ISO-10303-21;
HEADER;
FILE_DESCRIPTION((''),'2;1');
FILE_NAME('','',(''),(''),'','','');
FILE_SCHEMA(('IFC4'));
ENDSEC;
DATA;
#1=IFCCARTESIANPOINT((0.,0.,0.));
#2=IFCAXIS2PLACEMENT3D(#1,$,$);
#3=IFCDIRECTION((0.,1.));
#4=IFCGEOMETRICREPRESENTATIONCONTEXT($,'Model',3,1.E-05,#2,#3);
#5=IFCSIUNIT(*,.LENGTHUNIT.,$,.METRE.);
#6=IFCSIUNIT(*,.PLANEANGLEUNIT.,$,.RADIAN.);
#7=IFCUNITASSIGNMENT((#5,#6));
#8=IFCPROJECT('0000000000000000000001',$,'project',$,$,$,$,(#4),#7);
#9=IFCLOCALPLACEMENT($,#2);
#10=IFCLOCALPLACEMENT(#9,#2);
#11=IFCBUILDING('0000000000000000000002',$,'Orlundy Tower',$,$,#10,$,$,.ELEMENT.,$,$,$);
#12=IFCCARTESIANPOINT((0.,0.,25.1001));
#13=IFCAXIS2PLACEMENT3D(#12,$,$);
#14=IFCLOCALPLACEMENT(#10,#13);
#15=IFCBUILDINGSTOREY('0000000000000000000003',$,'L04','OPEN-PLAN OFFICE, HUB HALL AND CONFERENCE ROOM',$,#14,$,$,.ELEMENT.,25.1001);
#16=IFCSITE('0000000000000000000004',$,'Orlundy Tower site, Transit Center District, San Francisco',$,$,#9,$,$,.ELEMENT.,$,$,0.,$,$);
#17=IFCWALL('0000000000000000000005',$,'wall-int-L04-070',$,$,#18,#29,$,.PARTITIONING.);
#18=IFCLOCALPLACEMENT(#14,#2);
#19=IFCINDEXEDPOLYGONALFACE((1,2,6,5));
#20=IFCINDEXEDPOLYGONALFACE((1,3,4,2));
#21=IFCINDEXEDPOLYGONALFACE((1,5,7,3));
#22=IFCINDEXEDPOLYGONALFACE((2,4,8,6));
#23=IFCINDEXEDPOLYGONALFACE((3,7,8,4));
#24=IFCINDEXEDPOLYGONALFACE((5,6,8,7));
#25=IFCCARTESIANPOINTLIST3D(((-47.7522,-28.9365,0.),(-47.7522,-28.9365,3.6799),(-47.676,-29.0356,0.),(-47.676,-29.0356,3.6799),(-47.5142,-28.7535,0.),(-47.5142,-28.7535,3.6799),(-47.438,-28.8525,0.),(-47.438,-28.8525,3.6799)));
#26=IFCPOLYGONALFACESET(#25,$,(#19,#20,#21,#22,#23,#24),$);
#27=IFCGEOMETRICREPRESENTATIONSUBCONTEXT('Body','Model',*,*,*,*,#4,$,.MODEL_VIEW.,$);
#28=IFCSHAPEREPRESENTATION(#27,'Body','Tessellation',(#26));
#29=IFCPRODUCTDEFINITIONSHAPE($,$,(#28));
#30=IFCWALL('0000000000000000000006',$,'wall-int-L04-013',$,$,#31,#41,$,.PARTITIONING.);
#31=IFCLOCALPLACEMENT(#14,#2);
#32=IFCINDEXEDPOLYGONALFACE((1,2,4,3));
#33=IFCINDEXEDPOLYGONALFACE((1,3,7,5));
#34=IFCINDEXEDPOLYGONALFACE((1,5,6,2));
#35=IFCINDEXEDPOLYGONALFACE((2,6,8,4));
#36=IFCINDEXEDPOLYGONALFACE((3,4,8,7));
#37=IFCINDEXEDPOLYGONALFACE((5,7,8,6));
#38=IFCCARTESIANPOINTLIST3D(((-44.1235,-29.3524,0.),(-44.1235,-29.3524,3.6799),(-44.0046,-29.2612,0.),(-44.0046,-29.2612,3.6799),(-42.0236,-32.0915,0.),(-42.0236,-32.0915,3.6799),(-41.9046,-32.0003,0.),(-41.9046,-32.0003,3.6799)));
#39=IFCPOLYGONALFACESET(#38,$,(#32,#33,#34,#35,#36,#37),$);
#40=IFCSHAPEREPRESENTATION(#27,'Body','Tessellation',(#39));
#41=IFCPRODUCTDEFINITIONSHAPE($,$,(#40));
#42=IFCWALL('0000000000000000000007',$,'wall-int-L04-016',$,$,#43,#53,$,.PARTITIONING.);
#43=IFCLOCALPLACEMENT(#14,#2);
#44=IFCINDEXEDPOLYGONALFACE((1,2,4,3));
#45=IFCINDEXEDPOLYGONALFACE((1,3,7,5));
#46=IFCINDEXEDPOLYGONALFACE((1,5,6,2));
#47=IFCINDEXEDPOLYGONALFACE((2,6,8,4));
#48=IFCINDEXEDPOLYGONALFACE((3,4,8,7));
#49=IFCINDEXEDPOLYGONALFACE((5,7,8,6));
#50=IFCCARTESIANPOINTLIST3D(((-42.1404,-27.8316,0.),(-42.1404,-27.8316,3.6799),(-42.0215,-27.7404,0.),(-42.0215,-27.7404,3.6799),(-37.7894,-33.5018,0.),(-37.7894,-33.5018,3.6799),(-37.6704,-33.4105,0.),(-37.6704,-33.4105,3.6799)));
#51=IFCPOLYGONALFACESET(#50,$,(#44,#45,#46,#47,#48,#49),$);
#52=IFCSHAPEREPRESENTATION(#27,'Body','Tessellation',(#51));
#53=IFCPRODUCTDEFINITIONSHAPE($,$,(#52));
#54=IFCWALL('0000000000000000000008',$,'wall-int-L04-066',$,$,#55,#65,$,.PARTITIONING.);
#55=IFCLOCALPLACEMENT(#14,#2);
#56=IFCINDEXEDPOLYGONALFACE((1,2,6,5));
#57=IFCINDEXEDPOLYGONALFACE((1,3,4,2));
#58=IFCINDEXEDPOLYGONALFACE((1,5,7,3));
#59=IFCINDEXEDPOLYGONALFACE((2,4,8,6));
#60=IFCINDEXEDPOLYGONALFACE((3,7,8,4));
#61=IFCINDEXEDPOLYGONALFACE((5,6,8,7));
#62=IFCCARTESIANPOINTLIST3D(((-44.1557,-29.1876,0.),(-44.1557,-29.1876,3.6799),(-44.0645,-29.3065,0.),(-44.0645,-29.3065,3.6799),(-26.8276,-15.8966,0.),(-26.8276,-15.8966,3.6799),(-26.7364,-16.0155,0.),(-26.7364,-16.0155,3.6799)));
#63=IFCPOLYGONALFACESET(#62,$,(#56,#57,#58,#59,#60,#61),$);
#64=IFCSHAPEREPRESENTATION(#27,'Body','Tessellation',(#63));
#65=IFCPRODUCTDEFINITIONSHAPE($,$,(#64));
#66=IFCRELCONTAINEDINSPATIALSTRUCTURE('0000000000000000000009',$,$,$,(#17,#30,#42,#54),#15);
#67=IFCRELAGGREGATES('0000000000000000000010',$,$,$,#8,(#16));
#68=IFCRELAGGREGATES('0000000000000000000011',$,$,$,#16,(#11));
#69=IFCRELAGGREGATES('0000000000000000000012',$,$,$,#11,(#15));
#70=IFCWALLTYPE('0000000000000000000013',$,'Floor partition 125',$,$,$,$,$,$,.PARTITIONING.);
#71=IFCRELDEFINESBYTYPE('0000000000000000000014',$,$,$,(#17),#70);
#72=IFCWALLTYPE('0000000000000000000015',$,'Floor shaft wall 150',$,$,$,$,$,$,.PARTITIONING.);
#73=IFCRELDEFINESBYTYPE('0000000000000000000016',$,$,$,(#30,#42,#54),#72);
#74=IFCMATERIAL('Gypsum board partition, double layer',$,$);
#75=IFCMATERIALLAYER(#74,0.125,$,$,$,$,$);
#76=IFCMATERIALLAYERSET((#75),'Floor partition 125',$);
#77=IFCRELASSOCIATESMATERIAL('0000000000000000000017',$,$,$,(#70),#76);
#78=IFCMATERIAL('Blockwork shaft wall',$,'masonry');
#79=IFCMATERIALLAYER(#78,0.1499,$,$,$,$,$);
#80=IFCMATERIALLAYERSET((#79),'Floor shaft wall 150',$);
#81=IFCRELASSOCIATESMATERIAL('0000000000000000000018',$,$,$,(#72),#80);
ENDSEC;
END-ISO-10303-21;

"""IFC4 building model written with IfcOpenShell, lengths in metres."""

from ifc_helpers import new_model, si_unit, direction, frame, frame_2d, origin, place, context, subcontext, project, spatial, rectangle, extrude, material, layer, layer_set, type_object, element, save


model = new_model("IFC4")

# Units and contexts
model_context = context("Model", 3, precision=1e-05, world=origin(), true_north=direction((0.0, 1.0)))
body_context = subcontext(model_context, "Body", "Model", "MODEL_VIEW")
ifc_project = project(units=[si_unit("LENGTHUNIT", "METRE"), si_unit("PLANEANGLEUNIT", "RADIAN")], contexts=[model_context])

# Site, building, storey
site_placement = place(None, origin())
site = spatial("IfcSite", under=ifc_project, at=site_placement, Name="Orlundy Tower site, Transit Center District, San Francisco", CompositionType="ELEMENT", RefElevation=0.0)
building_placement = place(site_placement, origin())
building = spatial("IfcBuilding", under=site, at=building_placement, Name="Orlundy Tower", CompositionType="ELEMENT")
storey_placement = place(building_placement, frame((0.0, 0.0, 25.1001)))
storey = spatial("IfcBuildingStorey", under=building, at=storey_placement, Name="L04", Description="OPEN-PLAN OFFICE, HUB HALL AND CONFERENCE ROOM", CompositionType="ELEMENT", Elevation=25.1001)

# Shared definitions
ifc_material_1 = material(Name="Gypsum board partition, double layer")
ifc_layer_1 = layer(ifc_material_1, 0.125)
ifc_layer_set_1 = layer_set([ifc_layer_1], Name="Floor partition 125")
wall_type_1 = type_object("IfcWallType", Name="Floor partition 125", PredefinedType="PARTITIONING", material=ifc_layer_set_1)

# Walls
wall_1_placement = place(storey_placement, frame((-47.7141, -28.9861, 0.0), z_axis=(0.0, 0.0, 1.0), x_axis=(0.792624, 0.609711, 0.0)))
element("IfcWall", 1, at=wall_1_placement, inside=storey, type_object=wall_type_1, Name="wall-int-L04-070", PredefinedType="PARTITIONING", context=body_context, shape_type="SweptSolid", body=[
    extrude(rectangle(XDim=0.3003, YDim=0.125, at=frame_2d((0.1501, 0.0))), origin(), (0.0, 0.0, 1.0), 3.6799),
])
ifc_material_2 = material(Name="Blockwork shaft wall", Category="masonry")
ifc_layer_2 = layer(ifc_material_2, 0.1499)
ifc_layer_set_2 = layer_set([ifc_layer_2], Name="Floor shaft wall 150")
wall_type_2 = type_object("IfcWallType", Name="Floor shaft wall 150", PredefinedType="PARTITIONING", material=ifc_layer_set_2)
wall_2_placement = place(storey_placement, frame((-44.064, -29.3069, 0.0), z_axis=(0.0, 0.0, 1.0), x_axis=(0.608421, -0.793614, 0.0)))
element("IfcWall", 2, at=wall_2_placement, inside=storey, type_object=wall_type_2, Name="wall-int-L04-013", PredefinedType="PARTITIONING", context=body_context, shape_type="SweptSolid", body=[
    extrude(rectangle(XDim=3.4514, YDim=0.1499, at=frame_2d((1.7256, 0.0))), origin(), (0.0, 0.0, 1.0), 3.6799),
])
wall_3_placement = place(storey_placement, frame((-42.0811, -27.7859, 0.0), z_axis=(0.0, 0.0, 1.0), x_axis=(0.608779, -0.79334, 0.0)))
element("IfcWall", 3, at=wall_3_placement, inside=storey, type_object=wall_type_2, Name="wall-int-L04-016", PredefinedType="PARTITIONING", context=body_context, shape_type="SweptSolid", body=[
    extrude(rectangle(XDim=7.1472, YDim=0.1499, at=frame_2d((3.5737, 0.0))), origin(), (0.0, 0.0, 1.0), 3.6799),
])
wall_4_placement = place(storey_placement, frame((-44.1101, -29.2471, 0.0), z_axis=(0.0, 0.0, 1.0), x_axis=(0.793471, 0.608608, 0.0)))
element("IfcWall", 4, at=wall_4_placement, inside=storey, type_object=wall_type_2, Name="wall-int-L04-066", PredefinedType="PARTITIONING", context=body_context, shape_type="SweptSolid", body=[
    extrude(rectangle(XDim=21.8384, YDim=0.1499, at=frame_2d((10.9192, 0.0))), origin(), (0.0, 0.0, 1.0), 3.6799),
])

save(model, "model.ifc")
